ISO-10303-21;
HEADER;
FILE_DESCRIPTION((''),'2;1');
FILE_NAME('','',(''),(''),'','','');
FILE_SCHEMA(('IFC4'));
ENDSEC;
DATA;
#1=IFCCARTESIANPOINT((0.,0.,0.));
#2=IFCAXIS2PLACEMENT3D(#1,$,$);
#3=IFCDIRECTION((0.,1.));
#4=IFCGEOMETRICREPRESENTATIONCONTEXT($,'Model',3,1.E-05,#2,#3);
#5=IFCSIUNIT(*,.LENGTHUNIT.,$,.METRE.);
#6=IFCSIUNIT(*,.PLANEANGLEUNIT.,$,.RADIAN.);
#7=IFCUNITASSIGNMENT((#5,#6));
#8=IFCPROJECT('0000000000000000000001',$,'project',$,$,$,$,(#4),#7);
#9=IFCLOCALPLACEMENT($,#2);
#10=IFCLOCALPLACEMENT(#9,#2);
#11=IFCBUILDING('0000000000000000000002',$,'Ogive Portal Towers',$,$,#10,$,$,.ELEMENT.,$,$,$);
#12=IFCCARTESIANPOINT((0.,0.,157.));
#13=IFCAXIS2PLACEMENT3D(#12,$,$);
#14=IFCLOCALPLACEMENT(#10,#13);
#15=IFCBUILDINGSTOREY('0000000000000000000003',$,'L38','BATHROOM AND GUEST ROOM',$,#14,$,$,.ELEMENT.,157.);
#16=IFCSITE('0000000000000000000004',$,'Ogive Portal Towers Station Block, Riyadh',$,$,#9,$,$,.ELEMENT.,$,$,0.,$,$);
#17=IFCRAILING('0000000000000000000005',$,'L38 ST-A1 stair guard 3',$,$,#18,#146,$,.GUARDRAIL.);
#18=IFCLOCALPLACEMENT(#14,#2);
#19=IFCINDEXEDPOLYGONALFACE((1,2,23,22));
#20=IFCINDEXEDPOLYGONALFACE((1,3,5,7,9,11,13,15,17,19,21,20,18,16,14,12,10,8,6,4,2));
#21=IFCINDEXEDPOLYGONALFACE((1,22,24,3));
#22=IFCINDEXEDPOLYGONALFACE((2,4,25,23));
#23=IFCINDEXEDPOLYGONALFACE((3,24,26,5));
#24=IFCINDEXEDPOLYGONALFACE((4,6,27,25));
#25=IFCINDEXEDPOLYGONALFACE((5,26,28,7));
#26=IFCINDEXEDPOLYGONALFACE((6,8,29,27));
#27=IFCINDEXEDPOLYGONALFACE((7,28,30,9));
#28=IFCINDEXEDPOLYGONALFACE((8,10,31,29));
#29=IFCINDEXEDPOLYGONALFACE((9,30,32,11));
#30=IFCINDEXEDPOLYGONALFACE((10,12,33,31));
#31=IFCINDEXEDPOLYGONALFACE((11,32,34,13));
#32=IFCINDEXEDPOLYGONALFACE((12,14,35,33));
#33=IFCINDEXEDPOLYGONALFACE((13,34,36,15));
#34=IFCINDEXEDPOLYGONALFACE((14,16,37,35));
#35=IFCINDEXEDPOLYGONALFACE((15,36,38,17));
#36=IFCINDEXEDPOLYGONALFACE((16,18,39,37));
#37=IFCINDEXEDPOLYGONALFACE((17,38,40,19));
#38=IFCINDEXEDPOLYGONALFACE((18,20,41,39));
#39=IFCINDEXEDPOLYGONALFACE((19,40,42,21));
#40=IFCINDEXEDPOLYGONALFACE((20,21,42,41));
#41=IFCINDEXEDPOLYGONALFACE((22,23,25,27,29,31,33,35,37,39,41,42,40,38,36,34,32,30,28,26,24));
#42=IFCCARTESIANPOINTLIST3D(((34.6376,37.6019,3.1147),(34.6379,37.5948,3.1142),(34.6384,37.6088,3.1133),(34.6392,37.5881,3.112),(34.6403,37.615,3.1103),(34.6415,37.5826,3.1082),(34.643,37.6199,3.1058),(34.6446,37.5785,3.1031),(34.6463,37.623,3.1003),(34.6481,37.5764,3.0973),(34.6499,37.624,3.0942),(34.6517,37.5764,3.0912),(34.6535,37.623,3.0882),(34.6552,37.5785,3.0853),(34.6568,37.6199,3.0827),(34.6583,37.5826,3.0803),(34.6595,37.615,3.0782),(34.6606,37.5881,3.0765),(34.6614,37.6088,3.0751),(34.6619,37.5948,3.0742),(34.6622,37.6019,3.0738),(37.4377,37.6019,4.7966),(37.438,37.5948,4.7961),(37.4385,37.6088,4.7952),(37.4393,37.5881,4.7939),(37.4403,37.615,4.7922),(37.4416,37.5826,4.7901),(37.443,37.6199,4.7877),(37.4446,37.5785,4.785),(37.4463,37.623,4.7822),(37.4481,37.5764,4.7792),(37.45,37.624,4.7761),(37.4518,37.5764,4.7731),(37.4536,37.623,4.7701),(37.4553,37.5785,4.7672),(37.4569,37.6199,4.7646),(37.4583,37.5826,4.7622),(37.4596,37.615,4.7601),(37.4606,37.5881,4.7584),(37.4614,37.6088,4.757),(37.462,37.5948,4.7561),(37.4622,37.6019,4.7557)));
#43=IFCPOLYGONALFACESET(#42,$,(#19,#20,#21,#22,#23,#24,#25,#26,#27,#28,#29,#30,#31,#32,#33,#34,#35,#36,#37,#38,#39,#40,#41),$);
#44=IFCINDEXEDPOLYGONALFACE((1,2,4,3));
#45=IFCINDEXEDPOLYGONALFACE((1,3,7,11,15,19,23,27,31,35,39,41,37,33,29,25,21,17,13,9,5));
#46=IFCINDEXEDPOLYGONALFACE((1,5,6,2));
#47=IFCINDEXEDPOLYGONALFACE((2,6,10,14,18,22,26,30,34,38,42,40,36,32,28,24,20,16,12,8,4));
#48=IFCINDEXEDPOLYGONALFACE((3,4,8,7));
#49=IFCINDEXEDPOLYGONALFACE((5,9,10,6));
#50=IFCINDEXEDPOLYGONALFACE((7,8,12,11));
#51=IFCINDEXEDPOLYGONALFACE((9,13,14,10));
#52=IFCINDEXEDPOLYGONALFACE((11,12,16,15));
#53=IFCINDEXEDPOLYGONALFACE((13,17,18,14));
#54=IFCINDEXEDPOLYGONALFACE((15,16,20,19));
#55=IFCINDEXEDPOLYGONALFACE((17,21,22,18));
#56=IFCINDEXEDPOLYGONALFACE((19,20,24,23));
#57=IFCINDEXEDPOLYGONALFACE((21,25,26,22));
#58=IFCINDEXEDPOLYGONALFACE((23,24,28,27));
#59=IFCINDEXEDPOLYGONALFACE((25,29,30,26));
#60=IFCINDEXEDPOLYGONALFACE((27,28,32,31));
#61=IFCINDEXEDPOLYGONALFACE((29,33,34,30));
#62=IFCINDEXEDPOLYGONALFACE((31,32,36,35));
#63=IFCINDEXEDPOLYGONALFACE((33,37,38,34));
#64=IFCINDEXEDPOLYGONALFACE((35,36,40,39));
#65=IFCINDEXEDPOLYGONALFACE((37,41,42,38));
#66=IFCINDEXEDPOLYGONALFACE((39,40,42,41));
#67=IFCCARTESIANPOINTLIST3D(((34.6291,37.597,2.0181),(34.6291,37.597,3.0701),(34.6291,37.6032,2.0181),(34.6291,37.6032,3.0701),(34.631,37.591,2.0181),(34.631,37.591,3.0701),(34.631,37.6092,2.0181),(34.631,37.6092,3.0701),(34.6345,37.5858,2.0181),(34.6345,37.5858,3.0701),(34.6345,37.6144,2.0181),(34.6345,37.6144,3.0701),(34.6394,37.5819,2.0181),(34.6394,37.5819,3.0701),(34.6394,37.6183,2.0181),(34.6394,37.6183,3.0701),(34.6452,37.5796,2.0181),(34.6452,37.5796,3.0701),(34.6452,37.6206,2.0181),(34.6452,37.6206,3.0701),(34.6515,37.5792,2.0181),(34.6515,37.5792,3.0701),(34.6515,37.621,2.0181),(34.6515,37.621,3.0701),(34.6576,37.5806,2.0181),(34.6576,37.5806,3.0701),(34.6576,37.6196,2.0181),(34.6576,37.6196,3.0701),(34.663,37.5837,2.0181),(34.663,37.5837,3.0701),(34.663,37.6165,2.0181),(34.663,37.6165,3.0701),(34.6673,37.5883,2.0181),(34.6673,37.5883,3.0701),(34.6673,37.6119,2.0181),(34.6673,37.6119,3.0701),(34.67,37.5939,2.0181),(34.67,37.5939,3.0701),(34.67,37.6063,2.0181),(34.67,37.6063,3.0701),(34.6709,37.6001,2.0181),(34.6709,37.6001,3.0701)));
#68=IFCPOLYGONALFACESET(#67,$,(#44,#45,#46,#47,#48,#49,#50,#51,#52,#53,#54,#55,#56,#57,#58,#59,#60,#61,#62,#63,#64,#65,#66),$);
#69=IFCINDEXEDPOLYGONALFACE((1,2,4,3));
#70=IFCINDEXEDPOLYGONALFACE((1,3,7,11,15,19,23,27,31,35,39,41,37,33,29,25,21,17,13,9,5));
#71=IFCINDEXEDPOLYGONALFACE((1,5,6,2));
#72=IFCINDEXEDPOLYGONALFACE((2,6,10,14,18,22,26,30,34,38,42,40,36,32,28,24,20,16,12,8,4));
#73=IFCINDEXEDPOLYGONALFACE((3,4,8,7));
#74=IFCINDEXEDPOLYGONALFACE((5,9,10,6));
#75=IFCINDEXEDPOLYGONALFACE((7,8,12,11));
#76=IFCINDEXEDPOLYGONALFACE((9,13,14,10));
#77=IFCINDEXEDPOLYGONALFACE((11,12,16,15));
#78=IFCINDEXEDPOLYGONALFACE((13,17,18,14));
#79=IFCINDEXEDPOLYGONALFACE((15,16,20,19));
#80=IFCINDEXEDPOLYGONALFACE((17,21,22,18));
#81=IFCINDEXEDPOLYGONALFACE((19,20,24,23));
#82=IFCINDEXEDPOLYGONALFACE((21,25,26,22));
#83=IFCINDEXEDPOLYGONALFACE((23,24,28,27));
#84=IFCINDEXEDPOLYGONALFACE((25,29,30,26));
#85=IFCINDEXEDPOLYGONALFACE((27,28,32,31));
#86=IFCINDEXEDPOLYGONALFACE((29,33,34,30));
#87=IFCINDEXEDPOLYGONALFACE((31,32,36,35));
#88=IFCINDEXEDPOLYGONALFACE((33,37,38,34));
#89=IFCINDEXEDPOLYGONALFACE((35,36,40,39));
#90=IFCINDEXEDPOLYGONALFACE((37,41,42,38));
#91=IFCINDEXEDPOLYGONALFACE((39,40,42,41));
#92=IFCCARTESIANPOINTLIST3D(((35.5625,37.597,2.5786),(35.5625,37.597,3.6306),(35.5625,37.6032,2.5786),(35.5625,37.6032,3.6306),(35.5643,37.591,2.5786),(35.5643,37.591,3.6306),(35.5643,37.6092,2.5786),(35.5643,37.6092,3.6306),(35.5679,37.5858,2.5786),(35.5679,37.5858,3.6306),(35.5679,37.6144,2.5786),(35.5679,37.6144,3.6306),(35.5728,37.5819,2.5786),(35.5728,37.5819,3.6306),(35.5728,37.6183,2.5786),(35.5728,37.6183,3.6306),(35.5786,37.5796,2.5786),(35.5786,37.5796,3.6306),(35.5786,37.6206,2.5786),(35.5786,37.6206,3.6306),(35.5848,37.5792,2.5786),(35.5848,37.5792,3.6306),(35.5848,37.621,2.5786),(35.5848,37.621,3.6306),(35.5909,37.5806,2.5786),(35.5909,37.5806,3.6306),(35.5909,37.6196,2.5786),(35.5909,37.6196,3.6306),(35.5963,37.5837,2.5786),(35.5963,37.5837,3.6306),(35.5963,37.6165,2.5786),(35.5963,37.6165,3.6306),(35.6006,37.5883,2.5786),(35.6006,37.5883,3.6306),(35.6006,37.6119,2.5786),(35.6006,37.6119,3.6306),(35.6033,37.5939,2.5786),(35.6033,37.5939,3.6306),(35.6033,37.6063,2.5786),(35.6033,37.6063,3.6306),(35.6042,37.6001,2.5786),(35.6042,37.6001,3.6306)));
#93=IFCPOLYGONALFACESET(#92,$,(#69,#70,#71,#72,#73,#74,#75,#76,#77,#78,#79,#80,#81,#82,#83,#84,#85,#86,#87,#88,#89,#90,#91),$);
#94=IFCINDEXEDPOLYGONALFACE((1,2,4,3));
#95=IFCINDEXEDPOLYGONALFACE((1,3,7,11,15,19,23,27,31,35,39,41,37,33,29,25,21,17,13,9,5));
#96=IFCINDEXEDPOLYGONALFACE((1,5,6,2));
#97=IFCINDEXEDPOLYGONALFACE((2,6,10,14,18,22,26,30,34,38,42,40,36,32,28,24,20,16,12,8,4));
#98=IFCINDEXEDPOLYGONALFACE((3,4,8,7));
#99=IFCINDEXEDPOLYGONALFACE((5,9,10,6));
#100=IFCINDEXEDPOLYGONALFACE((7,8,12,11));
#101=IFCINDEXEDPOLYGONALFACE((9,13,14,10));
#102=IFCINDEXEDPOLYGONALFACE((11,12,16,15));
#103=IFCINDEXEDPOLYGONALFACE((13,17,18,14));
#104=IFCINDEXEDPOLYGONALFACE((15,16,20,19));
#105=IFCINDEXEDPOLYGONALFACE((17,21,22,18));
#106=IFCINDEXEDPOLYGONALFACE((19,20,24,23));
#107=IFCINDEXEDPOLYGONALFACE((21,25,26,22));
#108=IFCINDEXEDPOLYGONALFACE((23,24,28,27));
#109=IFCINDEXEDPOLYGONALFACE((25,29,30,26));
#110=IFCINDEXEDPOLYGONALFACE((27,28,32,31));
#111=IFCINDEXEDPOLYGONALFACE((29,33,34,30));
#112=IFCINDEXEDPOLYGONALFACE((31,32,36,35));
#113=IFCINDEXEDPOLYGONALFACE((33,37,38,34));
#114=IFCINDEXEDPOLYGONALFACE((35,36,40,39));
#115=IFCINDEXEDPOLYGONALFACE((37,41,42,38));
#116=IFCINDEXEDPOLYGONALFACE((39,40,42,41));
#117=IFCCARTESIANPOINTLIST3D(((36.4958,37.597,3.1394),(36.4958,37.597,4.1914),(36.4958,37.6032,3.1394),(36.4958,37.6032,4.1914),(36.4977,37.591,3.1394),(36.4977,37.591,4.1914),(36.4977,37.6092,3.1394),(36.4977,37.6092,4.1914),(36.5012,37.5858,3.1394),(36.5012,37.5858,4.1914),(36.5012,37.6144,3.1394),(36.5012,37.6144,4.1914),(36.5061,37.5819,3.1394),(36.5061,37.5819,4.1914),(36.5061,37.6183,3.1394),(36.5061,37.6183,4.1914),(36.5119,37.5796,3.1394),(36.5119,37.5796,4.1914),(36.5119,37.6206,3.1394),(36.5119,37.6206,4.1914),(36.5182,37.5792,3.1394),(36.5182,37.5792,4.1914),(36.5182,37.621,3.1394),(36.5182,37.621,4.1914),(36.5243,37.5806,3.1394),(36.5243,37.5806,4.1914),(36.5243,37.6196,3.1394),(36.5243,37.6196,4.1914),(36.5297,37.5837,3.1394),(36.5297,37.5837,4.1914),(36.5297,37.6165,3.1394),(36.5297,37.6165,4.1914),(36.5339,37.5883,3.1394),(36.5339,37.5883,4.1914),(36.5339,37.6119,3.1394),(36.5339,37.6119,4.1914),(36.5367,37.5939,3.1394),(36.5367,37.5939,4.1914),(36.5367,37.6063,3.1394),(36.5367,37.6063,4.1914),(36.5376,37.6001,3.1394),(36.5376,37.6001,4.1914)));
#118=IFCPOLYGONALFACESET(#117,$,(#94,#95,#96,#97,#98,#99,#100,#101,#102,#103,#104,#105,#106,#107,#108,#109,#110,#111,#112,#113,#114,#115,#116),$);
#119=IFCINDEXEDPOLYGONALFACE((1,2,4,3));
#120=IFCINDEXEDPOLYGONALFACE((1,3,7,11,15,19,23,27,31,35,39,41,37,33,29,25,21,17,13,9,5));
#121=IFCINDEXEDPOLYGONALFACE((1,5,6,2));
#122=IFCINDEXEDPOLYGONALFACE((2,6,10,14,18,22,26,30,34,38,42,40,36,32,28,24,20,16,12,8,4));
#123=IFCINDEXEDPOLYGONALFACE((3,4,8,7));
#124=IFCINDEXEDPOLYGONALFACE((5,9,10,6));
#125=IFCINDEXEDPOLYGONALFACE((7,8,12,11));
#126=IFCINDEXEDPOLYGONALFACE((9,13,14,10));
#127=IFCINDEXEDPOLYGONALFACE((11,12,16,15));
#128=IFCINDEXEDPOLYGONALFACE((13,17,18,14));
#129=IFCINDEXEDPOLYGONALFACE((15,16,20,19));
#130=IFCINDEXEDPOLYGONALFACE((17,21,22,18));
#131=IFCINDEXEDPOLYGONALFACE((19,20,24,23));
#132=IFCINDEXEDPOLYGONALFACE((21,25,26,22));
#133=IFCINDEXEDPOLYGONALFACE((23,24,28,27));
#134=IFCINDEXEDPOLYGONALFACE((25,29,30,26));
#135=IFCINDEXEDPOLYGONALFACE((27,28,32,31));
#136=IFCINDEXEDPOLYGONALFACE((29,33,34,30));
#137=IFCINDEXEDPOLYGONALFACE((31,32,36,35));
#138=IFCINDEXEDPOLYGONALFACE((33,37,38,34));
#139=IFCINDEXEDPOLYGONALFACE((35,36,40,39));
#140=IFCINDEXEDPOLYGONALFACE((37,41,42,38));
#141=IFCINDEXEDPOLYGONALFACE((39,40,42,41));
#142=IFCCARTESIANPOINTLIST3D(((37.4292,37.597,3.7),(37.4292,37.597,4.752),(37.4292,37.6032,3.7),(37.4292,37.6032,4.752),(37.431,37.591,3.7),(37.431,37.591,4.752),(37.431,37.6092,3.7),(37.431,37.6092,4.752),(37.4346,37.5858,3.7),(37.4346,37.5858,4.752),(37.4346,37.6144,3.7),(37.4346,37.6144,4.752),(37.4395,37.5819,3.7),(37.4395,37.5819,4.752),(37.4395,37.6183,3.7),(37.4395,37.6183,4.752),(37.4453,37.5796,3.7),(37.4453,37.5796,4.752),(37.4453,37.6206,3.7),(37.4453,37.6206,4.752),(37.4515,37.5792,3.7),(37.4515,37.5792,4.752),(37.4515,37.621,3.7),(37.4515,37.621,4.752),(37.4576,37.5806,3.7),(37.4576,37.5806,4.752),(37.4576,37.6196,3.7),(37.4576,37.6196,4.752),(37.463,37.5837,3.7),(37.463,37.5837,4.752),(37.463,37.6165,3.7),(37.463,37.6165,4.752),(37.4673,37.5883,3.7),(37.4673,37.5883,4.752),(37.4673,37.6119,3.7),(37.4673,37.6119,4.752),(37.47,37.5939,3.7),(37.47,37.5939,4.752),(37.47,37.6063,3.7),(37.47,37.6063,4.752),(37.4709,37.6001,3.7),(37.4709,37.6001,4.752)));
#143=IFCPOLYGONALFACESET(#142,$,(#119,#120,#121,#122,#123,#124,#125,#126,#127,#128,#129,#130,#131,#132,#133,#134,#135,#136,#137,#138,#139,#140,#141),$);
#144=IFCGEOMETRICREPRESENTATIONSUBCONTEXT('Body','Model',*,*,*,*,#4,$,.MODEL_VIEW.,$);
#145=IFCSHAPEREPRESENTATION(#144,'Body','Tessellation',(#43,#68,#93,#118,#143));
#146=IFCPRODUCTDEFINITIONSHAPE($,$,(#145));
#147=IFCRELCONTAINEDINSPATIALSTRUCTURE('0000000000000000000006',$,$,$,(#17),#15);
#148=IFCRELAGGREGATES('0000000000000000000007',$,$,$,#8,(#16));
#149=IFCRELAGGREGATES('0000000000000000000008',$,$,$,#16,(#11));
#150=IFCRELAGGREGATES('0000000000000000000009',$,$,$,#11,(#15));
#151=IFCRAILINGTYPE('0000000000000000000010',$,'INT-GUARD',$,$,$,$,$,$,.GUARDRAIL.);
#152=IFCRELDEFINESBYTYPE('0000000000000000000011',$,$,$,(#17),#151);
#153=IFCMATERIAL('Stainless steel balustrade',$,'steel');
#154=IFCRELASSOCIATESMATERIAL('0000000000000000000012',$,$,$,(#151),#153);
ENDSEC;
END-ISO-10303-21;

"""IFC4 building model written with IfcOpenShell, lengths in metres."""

from ifc_helpers import new_model, si_unit, direction, frame, origin, origin_2d, place, context, subcontext, project, spatial, circle, extrude, material, type_object, element, save


model = new_model("IFC4")

# Units and contexts
model_context = context("Model", 3, precision=1e-05, world=origin(), true_north=direction((0.0, 1.0)))
body_context = subcontext(model_context, "Body", "Model", "MODEL_VIEW")
ifc_project = project(units=[si_unit("LENGTHUNIT", "METRE"), si_unit("PLANEANGLEUNIT", "RADIAN")], contexts=[model_context])

# Site, building, storey
site_placement = place(None, origin())
site = spatial("IfcSite", under=ifc_project, at=site_placement, Name="Ogive Portal Towers Station Block, Riyadh", CompositionType="ELEMENT", RefElevation=0.0)
building_placement = place(site_placement, origin())
building = spatial("IfcBuilding", under=site, at=building_placement, Name="Ogive Portal Towers", CompositionType="ELEMENT")
storey_placement = place(building_placement, frame((0.0, 0.0, 157.0)))
storey = spatial("IfcBuildingStorey", under=building, at=storey_placement, Name="L38", Description="BATHROOM AND GUEST ROOM", CompositionType="ELEMENT", Elevation=157.0)

# Railing
ifc_material_1 = material(Name="Stainless steel balustrade", Category="steel")
railing_type = type_object("IfcRailingType", Name="INT-GUARD", PredefinedType="GUARDRAIL", material=ifc_material_1)
railing_placement = place(storey_placement, frame((34.6499, 37.6001, 2.0181)))
element("IfcRailing", 1, at=railing_placement, inside=storey, type_object=railing_type, Name="L38 ST-A1 stair guard 3", PredefinedType="GUARDRAIL", context=body_context, shape_type="SweptSolid", body=[
    extrude(circle(Radius=0.0239, at=origin_2d()), frame((0.0, 0.0, 1.0762), z_axis=(0.857242, 0.0, 0.514913), x_axis=(0.0, 1.0, 0.0)), (0.0, 0.0, 1.0), 3.2664),
    extrude(circle(Radius=0.021, at=origin_2d()), origin(), (0.0, 0.0, 1.0), 1.052),
    extrude(circle(Radius=0.021, at=origin_2d()), frame((0.9333, 0.0, 0.5605)), (0.0, 0.0, 1.0), 1.052),
    extrude(circle(Radius=0.021, at=origin_2d()), frame((1.8667, 0.0, 1.1213)), (0.0, 0.0, 1.0), 1.052),
    extrude(circle(Radius=0.021, at=origin_2d()), frame((2.8, 0.0, 1.6819)), (0.0, 0.0, 1.0), 1.052),
])

save(model, "model.ifc")
